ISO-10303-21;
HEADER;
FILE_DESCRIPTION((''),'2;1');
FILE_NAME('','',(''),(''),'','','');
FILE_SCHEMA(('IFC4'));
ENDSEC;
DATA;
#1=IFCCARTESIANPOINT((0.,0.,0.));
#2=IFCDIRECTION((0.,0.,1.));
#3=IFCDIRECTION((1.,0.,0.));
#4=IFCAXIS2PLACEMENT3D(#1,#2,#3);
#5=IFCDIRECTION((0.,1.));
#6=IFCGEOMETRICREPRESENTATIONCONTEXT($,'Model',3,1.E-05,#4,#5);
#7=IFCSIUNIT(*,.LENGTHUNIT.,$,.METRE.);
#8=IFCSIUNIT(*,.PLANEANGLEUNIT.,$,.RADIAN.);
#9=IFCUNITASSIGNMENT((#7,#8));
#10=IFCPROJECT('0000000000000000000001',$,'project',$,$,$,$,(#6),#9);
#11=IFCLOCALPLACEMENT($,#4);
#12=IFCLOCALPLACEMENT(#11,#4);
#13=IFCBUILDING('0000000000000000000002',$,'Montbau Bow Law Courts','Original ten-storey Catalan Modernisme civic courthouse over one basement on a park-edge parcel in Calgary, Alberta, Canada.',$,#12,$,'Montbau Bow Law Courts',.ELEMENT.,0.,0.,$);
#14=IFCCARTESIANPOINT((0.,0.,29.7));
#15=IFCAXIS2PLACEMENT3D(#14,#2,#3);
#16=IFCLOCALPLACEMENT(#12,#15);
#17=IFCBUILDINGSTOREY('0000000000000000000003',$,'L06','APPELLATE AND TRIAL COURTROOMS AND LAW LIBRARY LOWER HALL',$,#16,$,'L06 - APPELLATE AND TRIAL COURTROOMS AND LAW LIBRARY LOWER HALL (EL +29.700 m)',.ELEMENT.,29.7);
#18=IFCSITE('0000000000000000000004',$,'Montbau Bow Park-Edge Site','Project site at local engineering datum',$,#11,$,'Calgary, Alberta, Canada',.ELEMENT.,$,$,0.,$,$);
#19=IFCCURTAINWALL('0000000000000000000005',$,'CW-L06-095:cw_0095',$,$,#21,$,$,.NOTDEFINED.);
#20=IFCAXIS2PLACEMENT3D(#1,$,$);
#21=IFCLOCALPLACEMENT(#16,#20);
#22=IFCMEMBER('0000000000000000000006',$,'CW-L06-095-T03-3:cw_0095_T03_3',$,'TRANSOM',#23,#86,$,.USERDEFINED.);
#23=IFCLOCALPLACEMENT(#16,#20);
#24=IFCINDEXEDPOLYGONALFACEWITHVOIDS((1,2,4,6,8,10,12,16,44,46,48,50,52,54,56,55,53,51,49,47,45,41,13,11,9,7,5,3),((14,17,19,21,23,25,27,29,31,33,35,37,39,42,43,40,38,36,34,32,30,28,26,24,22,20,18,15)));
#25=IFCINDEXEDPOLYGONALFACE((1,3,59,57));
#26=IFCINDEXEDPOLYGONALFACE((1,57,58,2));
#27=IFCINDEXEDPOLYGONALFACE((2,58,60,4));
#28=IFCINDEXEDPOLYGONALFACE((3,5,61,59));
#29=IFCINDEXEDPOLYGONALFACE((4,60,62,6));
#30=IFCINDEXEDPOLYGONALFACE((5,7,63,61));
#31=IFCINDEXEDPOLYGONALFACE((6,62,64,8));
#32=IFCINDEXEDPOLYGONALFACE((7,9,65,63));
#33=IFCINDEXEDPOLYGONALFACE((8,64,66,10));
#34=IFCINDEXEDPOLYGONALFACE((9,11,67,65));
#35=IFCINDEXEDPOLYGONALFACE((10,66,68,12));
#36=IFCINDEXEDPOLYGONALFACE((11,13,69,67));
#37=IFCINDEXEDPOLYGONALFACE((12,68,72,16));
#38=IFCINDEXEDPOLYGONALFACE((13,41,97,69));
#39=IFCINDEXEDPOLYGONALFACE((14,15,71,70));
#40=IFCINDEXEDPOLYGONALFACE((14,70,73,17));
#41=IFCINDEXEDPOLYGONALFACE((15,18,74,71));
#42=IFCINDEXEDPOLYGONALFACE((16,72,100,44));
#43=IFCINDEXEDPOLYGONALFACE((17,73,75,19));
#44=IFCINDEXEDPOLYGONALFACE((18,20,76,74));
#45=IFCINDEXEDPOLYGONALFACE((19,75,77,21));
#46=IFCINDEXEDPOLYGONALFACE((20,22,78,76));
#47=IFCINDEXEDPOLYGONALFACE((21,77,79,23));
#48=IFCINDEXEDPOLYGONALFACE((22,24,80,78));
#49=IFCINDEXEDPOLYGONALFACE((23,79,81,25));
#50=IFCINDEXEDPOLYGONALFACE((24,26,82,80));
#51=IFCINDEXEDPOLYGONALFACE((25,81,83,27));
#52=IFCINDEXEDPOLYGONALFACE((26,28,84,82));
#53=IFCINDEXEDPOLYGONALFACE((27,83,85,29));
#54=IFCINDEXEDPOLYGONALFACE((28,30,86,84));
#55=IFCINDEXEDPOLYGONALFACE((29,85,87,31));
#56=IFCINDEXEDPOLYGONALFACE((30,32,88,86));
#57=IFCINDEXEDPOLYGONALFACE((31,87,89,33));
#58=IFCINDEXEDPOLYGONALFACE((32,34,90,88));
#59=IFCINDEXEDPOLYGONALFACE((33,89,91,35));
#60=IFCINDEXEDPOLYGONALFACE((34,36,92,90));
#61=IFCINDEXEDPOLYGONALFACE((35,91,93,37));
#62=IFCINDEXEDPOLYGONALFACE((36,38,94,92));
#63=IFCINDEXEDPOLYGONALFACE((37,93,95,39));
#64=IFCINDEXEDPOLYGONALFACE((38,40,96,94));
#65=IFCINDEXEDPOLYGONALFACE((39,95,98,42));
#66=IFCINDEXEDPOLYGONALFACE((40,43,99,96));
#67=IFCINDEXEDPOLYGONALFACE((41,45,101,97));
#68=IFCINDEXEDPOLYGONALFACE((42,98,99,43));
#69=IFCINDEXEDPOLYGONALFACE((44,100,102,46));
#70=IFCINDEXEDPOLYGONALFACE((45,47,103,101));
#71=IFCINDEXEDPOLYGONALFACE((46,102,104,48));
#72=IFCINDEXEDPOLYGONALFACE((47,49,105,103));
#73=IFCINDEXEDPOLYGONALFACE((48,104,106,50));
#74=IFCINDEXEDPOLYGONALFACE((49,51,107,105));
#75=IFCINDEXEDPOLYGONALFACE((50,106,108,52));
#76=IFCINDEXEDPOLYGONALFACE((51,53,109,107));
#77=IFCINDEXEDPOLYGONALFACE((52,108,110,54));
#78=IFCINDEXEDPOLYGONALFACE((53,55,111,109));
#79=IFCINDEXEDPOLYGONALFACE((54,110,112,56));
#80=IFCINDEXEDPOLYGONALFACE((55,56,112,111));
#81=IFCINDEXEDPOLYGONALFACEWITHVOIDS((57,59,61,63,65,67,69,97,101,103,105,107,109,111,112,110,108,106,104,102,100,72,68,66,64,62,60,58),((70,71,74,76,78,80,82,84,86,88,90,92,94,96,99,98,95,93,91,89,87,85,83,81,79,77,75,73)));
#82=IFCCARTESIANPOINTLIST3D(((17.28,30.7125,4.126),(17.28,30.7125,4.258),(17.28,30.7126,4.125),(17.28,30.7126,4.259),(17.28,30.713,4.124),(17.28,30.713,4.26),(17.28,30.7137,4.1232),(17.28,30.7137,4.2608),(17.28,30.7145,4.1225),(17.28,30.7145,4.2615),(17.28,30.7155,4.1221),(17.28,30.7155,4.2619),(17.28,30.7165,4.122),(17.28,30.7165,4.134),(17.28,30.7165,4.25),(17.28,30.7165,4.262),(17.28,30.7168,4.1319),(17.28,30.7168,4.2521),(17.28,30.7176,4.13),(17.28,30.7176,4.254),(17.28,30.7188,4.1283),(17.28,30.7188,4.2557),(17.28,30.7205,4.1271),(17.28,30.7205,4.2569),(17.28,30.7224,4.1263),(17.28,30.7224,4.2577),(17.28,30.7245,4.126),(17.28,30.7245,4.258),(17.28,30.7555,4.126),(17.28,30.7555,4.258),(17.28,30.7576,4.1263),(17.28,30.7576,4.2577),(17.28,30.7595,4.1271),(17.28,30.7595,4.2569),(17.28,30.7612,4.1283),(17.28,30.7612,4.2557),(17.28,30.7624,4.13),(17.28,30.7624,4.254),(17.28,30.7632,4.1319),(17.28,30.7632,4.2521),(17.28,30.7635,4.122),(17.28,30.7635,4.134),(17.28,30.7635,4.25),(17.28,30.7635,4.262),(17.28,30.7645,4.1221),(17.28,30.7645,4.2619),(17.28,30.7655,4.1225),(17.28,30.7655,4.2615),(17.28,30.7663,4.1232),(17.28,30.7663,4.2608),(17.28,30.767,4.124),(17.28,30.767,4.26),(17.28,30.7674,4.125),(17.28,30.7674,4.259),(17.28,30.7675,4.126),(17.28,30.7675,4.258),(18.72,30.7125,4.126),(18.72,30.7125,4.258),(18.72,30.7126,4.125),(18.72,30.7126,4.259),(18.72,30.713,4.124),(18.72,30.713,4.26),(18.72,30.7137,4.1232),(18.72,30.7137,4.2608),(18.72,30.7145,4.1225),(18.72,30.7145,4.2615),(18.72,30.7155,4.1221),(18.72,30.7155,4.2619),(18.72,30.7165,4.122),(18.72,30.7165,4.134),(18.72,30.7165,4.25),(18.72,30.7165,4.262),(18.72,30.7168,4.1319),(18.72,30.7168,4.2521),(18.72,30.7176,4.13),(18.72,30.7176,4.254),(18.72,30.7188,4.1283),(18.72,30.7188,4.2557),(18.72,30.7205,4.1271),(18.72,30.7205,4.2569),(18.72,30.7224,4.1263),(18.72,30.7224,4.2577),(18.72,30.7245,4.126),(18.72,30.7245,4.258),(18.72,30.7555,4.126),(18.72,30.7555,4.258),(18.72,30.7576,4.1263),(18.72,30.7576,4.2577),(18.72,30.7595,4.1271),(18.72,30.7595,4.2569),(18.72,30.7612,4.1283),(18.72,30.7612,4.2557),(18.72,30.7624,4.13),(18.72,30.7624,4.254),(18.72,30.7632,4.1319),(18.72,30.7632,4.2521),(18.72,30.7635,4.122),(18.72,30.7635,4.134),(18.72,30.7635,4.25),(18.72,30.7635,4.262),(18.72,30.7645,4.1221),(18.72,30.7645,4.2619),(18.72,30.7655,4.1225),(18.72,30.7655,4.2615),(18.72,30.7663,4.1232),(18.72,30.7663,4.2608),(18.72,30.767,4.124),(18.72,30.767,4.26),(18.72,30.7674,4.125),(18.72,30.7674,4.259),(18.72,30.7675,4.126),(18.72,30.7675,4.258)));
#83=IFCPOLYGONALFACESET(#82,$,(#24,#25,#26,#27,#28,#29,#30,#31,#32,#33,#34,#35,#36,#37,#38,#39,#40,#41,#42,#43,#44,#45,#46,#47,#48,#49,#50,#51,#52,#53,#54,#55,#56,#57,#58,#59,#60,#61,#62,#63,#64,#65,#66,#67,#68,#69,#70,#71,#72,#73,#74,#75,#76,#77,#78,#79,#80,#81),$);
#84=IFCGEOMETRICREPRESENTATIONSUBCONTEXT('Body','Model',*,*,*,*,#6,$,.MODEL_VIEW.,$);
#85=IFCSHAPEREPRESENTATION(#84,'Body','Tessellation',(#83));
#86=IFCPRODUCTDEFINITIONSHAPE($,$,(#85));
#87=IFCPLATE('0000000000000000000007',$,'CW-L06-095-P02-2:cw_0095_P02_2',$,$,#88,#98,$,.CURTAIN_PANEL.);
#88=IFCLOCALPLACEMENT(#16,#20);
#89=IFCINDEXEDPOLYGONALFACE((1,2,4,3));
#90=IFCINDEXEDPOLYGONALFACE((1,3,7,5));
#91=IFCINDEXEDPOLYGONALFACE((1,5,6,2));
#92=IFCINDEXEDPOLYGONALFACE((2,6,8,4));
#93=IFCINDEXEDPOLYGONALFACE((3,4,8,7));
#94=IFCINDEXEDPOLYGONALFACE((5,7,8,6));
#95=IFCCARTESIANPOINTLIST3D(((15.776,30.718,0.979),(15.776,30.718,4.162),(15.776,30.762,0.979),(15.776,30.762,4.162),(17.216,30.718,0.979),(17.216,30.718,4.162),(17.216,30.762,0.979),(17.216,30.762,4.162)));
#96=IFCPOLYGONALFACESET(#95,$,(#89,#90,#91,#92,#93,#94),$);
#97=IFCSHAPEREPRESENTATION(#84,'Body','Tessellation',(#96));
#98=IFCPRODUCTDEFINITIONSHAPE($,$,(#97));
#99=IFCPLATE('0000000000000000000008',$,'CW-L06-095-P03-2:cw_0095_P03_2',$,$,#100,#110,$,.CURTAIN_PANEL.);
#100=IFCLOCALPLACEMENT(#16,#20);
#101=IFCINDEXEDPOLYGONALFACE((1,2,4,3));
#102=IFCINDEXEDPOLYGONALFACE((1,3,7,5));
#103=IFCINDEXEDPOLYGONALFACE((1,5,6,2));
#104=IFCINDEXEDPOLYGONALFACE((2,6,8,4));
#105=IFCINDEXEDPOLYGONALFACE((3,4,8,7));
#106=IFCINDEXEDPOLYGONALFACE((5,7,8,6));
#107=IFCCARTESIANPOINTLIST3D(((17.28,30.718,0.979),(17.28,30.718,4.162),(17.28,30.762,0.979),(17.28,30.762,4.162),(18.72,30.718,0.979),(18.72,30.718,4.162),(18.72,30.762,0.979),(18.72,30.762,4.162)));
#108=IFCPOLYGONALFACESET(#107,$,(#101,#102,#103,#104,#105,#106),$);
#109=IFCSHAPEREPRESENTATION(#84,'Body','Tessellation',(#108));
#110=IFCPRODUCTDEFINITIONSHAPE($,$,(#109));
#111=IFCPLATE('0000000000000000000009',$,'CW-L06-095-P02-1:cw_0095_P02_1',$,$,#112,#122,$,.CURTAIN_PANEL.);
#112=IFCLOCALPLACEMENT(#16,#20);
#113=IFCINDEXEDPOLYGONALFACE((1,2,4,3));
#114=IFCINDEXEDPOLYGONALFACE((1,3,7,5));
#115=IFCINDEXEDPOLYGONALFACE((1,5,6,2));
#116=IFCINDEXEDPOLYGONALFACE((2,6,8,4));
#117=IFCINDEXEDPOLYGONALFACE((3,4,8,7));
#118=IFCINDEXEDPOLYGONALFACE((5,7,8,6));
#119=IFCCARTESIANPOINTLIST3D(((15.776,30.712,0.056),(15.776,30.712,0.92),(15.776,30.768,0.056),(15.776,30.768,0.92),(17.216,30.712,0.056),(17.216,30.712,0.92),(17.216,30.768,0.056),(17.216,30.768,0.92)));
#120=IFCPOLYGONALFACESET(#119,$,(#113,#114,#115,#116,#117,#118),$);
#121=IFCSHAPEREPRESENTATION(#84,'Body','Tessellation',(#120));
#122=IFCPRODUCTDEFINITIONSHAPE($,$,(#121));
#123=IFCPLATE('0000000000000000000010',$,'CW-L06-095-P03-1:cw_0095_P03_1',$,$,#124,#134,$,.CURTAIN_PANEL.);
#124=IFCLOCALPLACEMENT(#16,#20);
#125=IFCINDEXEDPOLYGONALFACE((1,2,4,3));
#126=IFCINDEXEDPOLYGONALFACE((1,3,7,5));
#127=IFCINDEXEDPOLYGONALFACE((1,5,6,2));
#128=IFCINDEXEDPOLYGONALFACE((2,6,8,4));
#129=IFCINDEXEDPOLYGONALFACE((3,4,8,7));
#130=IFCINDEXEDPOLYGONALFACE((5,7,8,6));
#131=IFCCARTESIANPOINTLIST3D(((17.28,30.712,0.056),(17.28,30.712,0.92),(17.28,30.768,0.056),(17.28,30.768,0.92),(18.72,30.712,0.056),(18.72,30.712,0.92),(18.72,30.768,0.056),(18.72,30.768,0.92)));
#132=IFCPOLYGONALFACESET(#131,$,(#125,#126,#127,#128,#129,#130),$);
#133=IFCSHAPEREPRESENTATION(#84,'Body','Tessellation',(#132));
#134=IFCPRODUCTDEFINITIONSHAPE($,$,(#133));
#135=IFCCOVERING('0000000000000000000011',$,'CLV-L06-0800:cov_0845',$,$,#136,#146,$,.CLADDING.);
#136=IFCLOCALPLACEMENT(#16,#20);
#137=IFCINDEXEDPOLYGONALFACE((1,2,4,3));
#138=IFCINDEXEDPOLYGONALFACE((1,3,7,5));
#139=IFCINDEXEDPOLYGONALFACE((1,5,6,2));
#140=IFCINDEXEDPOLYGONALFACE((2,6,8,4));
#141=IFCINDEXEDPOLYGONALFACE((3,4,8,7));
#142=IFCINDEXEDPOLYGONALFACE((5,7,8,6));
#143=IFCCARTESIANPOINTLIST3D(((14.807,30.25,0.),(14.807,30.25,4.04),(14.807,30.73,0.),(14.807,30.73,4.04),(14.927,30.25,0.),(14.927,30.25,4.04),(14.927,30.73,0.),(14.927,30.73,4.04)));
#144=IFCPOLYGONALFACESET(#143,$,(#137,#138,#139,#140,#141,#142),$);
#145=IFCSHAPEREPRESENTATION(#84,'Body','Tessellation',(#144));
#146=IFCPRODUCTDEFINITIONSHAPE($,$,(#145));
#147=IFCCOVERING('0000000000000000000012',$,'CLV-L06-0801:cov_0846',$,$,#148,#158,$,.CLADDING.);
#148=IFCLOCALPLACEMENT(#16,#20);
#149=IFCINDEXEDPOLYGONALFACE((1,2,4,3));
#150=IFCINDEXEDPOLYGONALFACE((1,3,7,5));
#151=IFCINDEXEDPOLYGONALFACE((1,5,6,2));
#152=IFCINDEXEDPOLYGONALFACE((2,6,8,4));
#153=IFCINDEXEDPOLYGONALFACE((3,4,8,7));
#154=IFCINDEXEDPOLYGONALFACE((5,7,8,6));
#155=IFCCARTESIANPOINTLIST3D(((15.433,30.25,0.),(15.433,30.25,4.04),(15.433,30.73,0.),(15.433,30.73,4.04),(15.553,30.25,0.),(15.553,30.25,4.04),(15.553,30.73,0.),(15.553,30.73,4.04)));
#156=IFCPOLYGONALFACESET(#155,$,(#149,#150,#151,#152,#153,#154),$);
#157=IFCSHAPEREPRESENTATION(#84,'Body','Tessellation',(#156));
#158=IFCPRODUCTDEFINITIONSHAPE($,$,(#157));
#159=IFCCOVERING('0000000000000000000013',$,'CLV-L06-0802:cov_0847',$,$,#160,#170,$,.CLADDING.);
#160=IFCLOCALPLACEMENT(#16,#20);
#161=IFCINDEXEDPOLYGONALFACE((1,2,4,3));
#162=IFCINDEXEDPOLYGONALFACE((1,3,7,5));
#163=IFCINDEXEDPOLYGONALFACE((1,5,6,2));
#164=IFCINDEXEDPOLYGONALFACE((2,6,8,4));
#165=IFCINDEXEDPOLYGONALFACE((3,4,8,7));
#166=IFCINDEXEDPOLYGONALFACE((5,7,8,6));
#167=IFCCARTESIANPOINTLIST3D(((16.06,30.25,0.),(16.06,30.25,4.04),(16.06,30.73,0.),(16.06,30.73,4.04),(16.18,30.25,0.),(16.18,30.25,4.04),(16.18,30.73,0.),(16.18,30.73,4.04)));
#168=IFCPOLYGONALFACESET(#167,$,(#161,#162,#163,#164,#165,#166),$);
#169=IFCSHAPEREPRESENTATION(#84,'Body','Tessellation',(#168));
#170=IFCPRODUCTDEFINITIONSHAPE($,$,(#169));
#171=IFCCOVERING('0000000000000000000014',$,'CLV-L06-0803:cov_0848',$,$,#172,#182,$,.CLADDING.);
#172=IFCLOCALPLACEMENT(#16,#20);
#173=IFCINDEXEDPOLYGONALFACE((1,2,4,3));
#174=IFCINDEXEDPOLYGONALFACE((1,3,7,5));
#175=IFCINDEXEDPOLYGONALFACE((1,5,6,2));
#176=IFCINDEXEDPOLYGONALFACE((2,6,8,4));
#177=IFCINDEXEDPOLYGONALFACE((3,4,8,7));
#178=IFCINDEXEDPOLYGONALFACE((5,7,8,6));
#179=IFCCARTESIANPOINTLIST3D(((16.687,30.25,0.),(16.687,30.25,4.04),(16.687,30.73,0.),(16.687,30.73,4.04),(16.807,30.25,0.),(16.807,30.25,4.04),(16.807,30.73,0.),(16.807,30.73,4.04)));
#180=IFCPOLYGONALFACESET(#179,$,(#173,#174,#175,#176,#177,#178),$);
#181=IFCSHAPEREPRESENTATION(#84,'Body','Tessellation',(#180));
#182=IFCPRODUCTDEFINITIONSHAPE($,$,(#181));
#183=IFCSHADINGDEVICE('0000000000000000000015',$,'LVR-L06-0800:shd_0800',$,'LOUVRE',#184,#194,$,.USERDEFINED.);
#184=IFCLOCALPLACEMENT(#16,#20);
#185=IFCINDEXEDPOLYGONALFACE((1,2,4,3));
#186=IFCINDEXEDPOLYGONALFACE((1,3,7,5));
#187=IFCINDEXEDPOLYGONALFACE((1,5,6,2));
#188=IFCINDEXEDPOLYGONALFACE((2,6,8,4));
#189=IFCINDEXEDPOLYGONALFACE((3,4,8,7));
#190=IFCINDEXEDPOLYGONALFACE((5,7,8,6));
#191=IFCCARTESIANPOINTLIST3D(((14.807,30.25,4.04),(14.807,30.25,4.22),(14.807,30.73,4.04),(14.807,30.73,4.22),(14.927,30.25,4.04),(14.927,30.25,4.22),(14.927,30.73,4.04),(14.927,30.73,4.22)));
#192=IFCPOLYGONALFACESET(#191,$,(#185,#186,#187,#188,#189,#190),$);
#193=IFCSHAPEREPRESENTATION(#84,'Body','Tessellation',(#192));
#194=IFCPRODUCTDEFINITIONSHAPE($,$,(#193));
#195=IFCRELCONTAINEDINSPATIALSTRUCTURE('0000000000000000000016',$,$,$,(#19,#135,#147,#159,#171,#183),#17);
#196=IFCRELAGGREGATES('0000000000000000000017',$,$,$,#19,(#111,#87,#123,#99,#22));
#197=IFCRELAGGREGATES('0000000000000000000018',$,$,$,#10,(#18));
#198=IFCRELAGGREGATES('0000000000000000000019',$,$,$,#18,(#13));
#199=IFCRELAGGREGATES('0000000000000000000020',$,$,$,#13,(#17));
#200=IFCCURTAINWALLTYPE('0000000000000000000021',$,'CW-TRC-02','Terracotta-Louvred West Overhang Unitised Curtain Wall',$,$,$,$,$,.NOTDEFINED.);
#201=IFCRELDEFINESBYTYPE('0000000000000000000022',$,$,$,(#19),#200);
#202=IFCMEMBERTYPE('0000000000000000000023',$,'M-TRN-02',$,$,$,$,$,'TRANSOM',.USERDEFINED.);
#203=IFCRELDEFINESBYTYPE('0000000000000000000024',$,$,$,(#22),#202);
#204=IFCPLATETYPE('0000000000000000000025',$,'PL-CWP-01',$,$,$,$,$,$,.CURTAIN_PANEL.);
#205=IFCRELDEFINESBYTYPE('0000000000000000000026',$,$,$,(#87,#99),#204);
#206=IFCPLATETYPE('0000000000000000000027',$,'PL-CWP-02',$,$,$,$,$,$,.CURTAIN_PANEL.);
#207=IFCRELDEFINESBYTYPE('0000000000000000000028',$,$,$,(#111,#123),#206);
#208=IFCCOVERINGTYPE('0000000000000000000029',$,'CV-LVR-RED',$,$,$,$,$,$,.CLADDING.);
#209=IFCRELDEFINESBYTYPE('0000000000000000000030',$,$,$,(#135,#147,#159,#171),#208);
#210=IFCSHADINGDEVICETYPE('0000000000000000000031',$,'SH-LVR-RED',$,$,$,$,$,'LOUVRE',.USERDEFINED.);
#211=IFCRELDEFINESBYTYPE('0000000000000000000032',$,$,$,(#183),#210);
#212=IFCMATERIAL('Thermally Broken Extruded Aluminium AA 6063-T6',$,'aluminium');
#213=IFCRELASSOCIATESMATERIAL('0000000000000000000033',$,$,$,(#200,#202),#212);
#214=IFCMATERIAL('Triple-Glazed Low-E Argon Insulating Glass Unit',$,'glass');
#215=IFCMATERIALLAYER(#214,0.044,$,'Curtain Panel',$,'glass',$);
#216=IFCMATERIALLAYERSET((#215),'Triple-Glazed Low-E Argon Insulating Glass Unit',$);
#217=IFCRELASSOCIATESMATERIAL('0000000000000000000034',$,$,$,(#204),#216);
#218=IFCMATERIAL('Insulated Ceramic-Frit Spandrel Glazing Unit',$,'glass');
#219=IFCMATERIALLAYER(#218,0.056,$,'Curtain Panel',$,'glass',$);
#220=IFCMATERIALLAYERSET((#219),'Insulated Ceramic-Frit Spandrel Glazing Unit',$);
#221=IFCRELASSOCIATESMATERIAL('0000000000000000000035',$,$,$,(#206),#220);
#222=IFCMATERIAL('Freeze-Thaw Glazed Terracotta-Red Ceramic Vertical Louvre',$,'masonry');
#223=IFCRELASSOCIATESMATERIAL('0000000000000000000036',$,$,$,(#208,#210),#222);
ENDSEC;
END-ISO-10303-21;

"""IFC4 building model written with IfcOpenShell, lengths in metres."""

from ifc_helpers import new_model, si_unit, direction, frame, frame_2d, origin_with_axes, origin_2d_with_axis, place, context, subcontext, project, spatial, rectangle, hollow_rectangle, extrude, material, layer, layer_set, material_profile, profile_set, type_object, element, aggregate, save


model = new_model("IFC4")

# Units and contexts
model_context = context("Model", 3, precision=1e-05, world=origin_with_axes(), true_north=direction((0.0, 1.0)))
body_context = subcontext(model_context, "Body", "Model", "MODEL_VIEW")
ifc_project = project(units=[si_unit("LENGTHUNIT", "METRE"), si_unit("PLANEANGLEUNIT", "RADIAN")], contexts=[model_context])

# Site, building, storey
site_placement = place(None, origin_with_axes())
site = spatial("IfcSite", under=ifc_project, at=site_placement, Name="Montbau Bow Park-Edge Site", Description="Project site at local engineering datum", LongName="Calgary, Alberta, Canada", CompositionType="ELEMENT", RefElevation=0.0)
building_placement = place(site_placement, origin_with_axes())
building = spatial("IfcBuilding", under=site, at=building_placement, Name="Montbau Bow Law Courts", Description="Original ten-storey Catalan Modernisme civic courthouse over one basement on a park-edge parcel in Calgary, Alberta, Canada.", LongName="Montbau Bow Law Courts", CompositionType="ELEMENT", ElevationOfRefHeight=0.0, ElevationOfTerrain=0.0)
storey_placement = place(building_placement, frame((0.0, 0.0, 29.7), z_axis=(0.0, 0.0, 1.0), x_axis=(1.0, 0.0, 0.0)))
storey = spatial("IfcBuildingStorey", under=building, at=storey_placement, Name="L06", Description="APPELLATE AND TRIAL COURTROOMS AND LAW LIBRARY LOWER HALL", LongName="L06 - APPELLATE AND TRIAL COURTROOMS AND LAW LIBRARY LOWER HALL (EL +29.700 m)", CompositionType="ELEMENT", Elevation=29.7)

# Curtain wall, member, plates
ifc_material_1 = material(Name="Thermally Broken Extruded Aluminium AA 6063-T6", Category="aluminium")
curtain_wall_type = type_object("IfcCurtainWallType", Name="CW-TRC-02", Description="Terracotta-Louvred West Overhang Unitised Curtain Wall", PredefinedType="NOTDEFINED", material=ifc_material_1)
curtain_wall_placement = place(None, frame((14.24, 30.74, 29.7), z_axis=(0.0, 0.0, 1.0), x_axis=(1.0, 0.0, 0.0)))
curtain_wall = element("IfcCurtainWall", 1, at=curtain_wall_placement, inside=storey, type_object=curtain_wall_type, Name="CW-L06-095:cw_0095", PredefinedType="NOTDEFINED")
ifc_material_profile_1 = material_profile(ifc_material_1, hollow_rectangle(XDim=0.055, YDim=0.14, WallThickness=0.004, InnerFilletRadius=0.008, OuterFilletRadius=0.004, at=origin_2d_with_axis()), Name="CWT-140X55", Category="Main", Priority=0)
ifc_profile_set_1 = profile_set([ifc_material_profile_1], Name="Thermally Broken Extruded Aluminium AA 6063-T6")
member_type_1 = type_object("IfcMemberType", Name="M-TRN-02", ElementType="TRANSOM", PredefinedType="USERDEFINED", material=ifc_profile_set_1)
member_1_placement = place(None, frame((17.28, 30.74, 33.892), z_axis=(1.0, 0.0, 0.0), x_axis=(0.0, 1.0, 0.0)))
member_1 = element("IfcMember", 2, at=member_1_placement, type_object=member_type_1, Name="CW-L06-095-T03-3:cw_0095_T03_3", ObjectType="TRANSOM", PredefinedType="USERDEFINED", context=body_context, shape_type="SweptSolid", body=[
    extrude(hollow_rectangle(XDim=0.055, YDim=0.14, WallThickness=0.004, InnerFilletRadius=0.008, OuterFilletRadius=0.004, at=origin_2d_with_axis()), origin_with_axes(), (0.0, 0.0, 1.0), 1.44),
])
ifc_material_2 = material(Name="Triple-Glazed Low-E Argon Insulating Glass Unit", Category="glass")
ifc_layer_1 = layer(ifc_material_2, 0.044, Name="Curtain Panel", Category="glass")
ifc_layer_set_1 = layer_set([ifc_layer_1], Name="Triple-Glazed Low-E Argon Insulating Glass Unit")
plate_type_1 = type_object("IfcPlateType", Name="PL-CWP-01", PredefinedType="CURTAIN_PANEL", material=ifc_layer_set_1)
plate_1_placement = place(None, frame((15.776, 30.74, 30.679), z_axis=(0.0, -1.0, 0.0), x_axis=(1.0, 0.0, 0.0)))
plate_1 = element("IfcPlate", 3, at=plate_1_placement, type_object=plate_type_1, Name="CW-L06-095-P02-2:cw_0095_P02_2", PredefinedType="CURTAIN_PANEL", context=body_context, shape_type="SweptSolid", body=[
    extrude(rectangle(XDim=1.44, YDim=3.183, at=frame_2d((0.72, 1.5915), x_axis=(1.0, 0.0))), frame((0.0, 0.0, -0.022), z_axis=(0.0, 0.0, 1.0), x_axis=(1.0, 0.0, 0.0)), (0.0, 0.0, 1.0), 0.044),
])
plate_2_placement = place(None, frame((17.28, 30.74, 30.679), z_axis=(0.0, -1.0, 0.0), x_axis=(1.0, 0.0, 0.0)))
plate_2 = element("IfcPlate", 4, at=plate_2_placement, type_object=plate_type_1, Name="CW-L06-095-P03-2:cw_0095_P03_2", PredefinedType="CURTAIN_PANEL", context=body_context, shape_type="SweptSolid", body=[
    extrude(rectangle(XDim=1.44, YDim=3.183, at=frame_2d((0.72, 1.5915), x_axis=(1.0, 0.0))), frame((0.0, 0.0, -0.022), z_axis=(0.0, 0.0, 1.0), x_axis=(1.0, 0.0, 0.0)), (0.0, 0.0, 1.0), 0.044),
])
ifc_material_3 = material(Name="Insulated Ceramic-Frit Spandrel Glazing Unit", Category="glass")
ifc_layer_2 = layer(ifc_material_3, 0.056, Name="Curtain Panel", Category="glass")
ifc_layer_set_2 = layer_set([ifc_layer_2], Name="Insulated Ceramic-Frit Spandrel Glazing Unit")
plate_type_2 = type_object("IfcPlateType", Name="PL-CWP-02", PredefinedType="CURTAIN_PANEL", material=ifc_layer_set_2)
plate_3_placement = place(None, frame((15.776, 30.74, 29.756), z_axis=(0.0, -1.0, 0.0), x_axis=(1.0, 0.0, 0.0)))
plate_3 = element("IfcPlate", 5, at=plate_3_placement, type_object=plate_type_2, Name="CW-L06-095-P02-1:cw_0095_P02_1", PredefinedType="CURTAIN_PANEL", context=body_context, shape_type="SweptSolid", body=[
    extrude(rectangle(XDim=1.44, YDim=0.864, at=frame_2d((0.72, 0.432), x_axis=(1.0, 0.0))), frame((0.0, 0.0, -0.028), z_axis=(0.0, 0.0, 1.0), x_axis=(1.0, 0.0, 0.0)), (0.0, 0.0, 1.0), 0.056),
])
plate_4_placement = place(None, frame((17.28, 30.74, 29.756), z_axis=(0.0, -1.0, 0.0), x_axis=(1.0, 0.0, 0.0)))
plate_4 = element("IfcPlate", 6, at=plate_4_placement, type_object=plate_type_2, Name="CW-L06-095-P03-1:cw_0095_P03_1", PredefinedType="CURTAIN_PANEL", context=body_context, shape_type="SweptSolid", body=[
    extrude(rectangle(XDim=1.44, YDim=0.864, at=frame_2d((0.72, 0.432), x_axis=(1.0, 0.0))), frame((0.0, 0.0, -0.028), z_axis=(0.0, 0.0, 1.0), x_axis=(1.0, 0.0, 0.0)), (0.0, 0.0, 1.0), 0.056),
])
aggregate(curtain_wall, [plate_3, plate_1, plate_4, plate_2, member_1])

# Coverings
ifc_material_4 = material(Name="Freeze-Thaw Glazed Terracotta-Red Ceramic Vertical Louvre", Category="masonry")
covering_type = type_object("IfcCoveringType", Name="CV-LVR-RED", PredefinedType="CLADDING", material=ifc_material_4)
for number, where, z_axis, x_axis, name in (
    (7, (14.867, 30.73, 29.7), (-1.0, 0.0, 0.0), (0.0, -1.0, 0.0), "CLV-L06-0800:cov_0845"),
    (8, (15.493, 30.73, 29.7), (-1.0, 0.0, 0.0), (0.0, -1.0, 0.0), "CLV-L06-0801:cov_0846"),
    (9, (16.12, 30.73, 29.7), (-1.0, 0.0, 0.0), (0.0, -1.0, 0.0), "CLV-L06-0802:cov_0847"),
    (10, (16.747, 30.73, 29.7), (-1.0, 0.0, 0.0), (0.0, -1.0, 0.0), "CLV-L06-0803:cov_0848"),
):
    element("IfcCovering", number, at=place(None, frame(where, z_axis=z_axis, x_axis=x_axis)), inside=storey, type_object=covering_type, Name=name, PredefinedType="CLADDING", context=body_context, shape_type="SweptSolid", body=[
        extrude(rectangle(XDim=0.48, YDim=4.04, at=frame_2d((0.24, 2.02), x_axis=(1.0, 0.0))), frame((0.0, 0.0, -0.06), z_axis=(0.0, 0.0, 1.0), x_axis=(1.0, 0.0, 0.0)), (0.0, 0.0, 1.0), 0.12),
    ])

# Shading device
shading_device_type = type_object("IfcShadingDeviceType", Name="SH-LVR-RED", ElementType="LOUVRE", PredefinedType="USERDEFINED", material=ifc_material_4)
for number, where, z_axis, x_axis, name in (
    (11, (14.867, 30.49, 33.74), (0.0, 0.0, 1.0), (0.0, -1.0, 0.0), "LVR-L06-0800:shd_0800"),
):
    element("IfcShadingDevice", number, at=place(None, frame(where, z_axis=z_axis, x_axis=x_axis)), inside=storey, type_object=shading_device_type, Name=name, ObjectType="LOUVRE", PredefinedType="USERDEFINED", context=body_context, shape_type="SweptSolid", body=[
        extrude(rectangle(XDim=0.48, YDim=0.12, at=origin_2d_with_axis()), origin_with_axes(), (0.0, 0.0, 1.0), 0.18),
    ])

save(model, "model.ifc")
